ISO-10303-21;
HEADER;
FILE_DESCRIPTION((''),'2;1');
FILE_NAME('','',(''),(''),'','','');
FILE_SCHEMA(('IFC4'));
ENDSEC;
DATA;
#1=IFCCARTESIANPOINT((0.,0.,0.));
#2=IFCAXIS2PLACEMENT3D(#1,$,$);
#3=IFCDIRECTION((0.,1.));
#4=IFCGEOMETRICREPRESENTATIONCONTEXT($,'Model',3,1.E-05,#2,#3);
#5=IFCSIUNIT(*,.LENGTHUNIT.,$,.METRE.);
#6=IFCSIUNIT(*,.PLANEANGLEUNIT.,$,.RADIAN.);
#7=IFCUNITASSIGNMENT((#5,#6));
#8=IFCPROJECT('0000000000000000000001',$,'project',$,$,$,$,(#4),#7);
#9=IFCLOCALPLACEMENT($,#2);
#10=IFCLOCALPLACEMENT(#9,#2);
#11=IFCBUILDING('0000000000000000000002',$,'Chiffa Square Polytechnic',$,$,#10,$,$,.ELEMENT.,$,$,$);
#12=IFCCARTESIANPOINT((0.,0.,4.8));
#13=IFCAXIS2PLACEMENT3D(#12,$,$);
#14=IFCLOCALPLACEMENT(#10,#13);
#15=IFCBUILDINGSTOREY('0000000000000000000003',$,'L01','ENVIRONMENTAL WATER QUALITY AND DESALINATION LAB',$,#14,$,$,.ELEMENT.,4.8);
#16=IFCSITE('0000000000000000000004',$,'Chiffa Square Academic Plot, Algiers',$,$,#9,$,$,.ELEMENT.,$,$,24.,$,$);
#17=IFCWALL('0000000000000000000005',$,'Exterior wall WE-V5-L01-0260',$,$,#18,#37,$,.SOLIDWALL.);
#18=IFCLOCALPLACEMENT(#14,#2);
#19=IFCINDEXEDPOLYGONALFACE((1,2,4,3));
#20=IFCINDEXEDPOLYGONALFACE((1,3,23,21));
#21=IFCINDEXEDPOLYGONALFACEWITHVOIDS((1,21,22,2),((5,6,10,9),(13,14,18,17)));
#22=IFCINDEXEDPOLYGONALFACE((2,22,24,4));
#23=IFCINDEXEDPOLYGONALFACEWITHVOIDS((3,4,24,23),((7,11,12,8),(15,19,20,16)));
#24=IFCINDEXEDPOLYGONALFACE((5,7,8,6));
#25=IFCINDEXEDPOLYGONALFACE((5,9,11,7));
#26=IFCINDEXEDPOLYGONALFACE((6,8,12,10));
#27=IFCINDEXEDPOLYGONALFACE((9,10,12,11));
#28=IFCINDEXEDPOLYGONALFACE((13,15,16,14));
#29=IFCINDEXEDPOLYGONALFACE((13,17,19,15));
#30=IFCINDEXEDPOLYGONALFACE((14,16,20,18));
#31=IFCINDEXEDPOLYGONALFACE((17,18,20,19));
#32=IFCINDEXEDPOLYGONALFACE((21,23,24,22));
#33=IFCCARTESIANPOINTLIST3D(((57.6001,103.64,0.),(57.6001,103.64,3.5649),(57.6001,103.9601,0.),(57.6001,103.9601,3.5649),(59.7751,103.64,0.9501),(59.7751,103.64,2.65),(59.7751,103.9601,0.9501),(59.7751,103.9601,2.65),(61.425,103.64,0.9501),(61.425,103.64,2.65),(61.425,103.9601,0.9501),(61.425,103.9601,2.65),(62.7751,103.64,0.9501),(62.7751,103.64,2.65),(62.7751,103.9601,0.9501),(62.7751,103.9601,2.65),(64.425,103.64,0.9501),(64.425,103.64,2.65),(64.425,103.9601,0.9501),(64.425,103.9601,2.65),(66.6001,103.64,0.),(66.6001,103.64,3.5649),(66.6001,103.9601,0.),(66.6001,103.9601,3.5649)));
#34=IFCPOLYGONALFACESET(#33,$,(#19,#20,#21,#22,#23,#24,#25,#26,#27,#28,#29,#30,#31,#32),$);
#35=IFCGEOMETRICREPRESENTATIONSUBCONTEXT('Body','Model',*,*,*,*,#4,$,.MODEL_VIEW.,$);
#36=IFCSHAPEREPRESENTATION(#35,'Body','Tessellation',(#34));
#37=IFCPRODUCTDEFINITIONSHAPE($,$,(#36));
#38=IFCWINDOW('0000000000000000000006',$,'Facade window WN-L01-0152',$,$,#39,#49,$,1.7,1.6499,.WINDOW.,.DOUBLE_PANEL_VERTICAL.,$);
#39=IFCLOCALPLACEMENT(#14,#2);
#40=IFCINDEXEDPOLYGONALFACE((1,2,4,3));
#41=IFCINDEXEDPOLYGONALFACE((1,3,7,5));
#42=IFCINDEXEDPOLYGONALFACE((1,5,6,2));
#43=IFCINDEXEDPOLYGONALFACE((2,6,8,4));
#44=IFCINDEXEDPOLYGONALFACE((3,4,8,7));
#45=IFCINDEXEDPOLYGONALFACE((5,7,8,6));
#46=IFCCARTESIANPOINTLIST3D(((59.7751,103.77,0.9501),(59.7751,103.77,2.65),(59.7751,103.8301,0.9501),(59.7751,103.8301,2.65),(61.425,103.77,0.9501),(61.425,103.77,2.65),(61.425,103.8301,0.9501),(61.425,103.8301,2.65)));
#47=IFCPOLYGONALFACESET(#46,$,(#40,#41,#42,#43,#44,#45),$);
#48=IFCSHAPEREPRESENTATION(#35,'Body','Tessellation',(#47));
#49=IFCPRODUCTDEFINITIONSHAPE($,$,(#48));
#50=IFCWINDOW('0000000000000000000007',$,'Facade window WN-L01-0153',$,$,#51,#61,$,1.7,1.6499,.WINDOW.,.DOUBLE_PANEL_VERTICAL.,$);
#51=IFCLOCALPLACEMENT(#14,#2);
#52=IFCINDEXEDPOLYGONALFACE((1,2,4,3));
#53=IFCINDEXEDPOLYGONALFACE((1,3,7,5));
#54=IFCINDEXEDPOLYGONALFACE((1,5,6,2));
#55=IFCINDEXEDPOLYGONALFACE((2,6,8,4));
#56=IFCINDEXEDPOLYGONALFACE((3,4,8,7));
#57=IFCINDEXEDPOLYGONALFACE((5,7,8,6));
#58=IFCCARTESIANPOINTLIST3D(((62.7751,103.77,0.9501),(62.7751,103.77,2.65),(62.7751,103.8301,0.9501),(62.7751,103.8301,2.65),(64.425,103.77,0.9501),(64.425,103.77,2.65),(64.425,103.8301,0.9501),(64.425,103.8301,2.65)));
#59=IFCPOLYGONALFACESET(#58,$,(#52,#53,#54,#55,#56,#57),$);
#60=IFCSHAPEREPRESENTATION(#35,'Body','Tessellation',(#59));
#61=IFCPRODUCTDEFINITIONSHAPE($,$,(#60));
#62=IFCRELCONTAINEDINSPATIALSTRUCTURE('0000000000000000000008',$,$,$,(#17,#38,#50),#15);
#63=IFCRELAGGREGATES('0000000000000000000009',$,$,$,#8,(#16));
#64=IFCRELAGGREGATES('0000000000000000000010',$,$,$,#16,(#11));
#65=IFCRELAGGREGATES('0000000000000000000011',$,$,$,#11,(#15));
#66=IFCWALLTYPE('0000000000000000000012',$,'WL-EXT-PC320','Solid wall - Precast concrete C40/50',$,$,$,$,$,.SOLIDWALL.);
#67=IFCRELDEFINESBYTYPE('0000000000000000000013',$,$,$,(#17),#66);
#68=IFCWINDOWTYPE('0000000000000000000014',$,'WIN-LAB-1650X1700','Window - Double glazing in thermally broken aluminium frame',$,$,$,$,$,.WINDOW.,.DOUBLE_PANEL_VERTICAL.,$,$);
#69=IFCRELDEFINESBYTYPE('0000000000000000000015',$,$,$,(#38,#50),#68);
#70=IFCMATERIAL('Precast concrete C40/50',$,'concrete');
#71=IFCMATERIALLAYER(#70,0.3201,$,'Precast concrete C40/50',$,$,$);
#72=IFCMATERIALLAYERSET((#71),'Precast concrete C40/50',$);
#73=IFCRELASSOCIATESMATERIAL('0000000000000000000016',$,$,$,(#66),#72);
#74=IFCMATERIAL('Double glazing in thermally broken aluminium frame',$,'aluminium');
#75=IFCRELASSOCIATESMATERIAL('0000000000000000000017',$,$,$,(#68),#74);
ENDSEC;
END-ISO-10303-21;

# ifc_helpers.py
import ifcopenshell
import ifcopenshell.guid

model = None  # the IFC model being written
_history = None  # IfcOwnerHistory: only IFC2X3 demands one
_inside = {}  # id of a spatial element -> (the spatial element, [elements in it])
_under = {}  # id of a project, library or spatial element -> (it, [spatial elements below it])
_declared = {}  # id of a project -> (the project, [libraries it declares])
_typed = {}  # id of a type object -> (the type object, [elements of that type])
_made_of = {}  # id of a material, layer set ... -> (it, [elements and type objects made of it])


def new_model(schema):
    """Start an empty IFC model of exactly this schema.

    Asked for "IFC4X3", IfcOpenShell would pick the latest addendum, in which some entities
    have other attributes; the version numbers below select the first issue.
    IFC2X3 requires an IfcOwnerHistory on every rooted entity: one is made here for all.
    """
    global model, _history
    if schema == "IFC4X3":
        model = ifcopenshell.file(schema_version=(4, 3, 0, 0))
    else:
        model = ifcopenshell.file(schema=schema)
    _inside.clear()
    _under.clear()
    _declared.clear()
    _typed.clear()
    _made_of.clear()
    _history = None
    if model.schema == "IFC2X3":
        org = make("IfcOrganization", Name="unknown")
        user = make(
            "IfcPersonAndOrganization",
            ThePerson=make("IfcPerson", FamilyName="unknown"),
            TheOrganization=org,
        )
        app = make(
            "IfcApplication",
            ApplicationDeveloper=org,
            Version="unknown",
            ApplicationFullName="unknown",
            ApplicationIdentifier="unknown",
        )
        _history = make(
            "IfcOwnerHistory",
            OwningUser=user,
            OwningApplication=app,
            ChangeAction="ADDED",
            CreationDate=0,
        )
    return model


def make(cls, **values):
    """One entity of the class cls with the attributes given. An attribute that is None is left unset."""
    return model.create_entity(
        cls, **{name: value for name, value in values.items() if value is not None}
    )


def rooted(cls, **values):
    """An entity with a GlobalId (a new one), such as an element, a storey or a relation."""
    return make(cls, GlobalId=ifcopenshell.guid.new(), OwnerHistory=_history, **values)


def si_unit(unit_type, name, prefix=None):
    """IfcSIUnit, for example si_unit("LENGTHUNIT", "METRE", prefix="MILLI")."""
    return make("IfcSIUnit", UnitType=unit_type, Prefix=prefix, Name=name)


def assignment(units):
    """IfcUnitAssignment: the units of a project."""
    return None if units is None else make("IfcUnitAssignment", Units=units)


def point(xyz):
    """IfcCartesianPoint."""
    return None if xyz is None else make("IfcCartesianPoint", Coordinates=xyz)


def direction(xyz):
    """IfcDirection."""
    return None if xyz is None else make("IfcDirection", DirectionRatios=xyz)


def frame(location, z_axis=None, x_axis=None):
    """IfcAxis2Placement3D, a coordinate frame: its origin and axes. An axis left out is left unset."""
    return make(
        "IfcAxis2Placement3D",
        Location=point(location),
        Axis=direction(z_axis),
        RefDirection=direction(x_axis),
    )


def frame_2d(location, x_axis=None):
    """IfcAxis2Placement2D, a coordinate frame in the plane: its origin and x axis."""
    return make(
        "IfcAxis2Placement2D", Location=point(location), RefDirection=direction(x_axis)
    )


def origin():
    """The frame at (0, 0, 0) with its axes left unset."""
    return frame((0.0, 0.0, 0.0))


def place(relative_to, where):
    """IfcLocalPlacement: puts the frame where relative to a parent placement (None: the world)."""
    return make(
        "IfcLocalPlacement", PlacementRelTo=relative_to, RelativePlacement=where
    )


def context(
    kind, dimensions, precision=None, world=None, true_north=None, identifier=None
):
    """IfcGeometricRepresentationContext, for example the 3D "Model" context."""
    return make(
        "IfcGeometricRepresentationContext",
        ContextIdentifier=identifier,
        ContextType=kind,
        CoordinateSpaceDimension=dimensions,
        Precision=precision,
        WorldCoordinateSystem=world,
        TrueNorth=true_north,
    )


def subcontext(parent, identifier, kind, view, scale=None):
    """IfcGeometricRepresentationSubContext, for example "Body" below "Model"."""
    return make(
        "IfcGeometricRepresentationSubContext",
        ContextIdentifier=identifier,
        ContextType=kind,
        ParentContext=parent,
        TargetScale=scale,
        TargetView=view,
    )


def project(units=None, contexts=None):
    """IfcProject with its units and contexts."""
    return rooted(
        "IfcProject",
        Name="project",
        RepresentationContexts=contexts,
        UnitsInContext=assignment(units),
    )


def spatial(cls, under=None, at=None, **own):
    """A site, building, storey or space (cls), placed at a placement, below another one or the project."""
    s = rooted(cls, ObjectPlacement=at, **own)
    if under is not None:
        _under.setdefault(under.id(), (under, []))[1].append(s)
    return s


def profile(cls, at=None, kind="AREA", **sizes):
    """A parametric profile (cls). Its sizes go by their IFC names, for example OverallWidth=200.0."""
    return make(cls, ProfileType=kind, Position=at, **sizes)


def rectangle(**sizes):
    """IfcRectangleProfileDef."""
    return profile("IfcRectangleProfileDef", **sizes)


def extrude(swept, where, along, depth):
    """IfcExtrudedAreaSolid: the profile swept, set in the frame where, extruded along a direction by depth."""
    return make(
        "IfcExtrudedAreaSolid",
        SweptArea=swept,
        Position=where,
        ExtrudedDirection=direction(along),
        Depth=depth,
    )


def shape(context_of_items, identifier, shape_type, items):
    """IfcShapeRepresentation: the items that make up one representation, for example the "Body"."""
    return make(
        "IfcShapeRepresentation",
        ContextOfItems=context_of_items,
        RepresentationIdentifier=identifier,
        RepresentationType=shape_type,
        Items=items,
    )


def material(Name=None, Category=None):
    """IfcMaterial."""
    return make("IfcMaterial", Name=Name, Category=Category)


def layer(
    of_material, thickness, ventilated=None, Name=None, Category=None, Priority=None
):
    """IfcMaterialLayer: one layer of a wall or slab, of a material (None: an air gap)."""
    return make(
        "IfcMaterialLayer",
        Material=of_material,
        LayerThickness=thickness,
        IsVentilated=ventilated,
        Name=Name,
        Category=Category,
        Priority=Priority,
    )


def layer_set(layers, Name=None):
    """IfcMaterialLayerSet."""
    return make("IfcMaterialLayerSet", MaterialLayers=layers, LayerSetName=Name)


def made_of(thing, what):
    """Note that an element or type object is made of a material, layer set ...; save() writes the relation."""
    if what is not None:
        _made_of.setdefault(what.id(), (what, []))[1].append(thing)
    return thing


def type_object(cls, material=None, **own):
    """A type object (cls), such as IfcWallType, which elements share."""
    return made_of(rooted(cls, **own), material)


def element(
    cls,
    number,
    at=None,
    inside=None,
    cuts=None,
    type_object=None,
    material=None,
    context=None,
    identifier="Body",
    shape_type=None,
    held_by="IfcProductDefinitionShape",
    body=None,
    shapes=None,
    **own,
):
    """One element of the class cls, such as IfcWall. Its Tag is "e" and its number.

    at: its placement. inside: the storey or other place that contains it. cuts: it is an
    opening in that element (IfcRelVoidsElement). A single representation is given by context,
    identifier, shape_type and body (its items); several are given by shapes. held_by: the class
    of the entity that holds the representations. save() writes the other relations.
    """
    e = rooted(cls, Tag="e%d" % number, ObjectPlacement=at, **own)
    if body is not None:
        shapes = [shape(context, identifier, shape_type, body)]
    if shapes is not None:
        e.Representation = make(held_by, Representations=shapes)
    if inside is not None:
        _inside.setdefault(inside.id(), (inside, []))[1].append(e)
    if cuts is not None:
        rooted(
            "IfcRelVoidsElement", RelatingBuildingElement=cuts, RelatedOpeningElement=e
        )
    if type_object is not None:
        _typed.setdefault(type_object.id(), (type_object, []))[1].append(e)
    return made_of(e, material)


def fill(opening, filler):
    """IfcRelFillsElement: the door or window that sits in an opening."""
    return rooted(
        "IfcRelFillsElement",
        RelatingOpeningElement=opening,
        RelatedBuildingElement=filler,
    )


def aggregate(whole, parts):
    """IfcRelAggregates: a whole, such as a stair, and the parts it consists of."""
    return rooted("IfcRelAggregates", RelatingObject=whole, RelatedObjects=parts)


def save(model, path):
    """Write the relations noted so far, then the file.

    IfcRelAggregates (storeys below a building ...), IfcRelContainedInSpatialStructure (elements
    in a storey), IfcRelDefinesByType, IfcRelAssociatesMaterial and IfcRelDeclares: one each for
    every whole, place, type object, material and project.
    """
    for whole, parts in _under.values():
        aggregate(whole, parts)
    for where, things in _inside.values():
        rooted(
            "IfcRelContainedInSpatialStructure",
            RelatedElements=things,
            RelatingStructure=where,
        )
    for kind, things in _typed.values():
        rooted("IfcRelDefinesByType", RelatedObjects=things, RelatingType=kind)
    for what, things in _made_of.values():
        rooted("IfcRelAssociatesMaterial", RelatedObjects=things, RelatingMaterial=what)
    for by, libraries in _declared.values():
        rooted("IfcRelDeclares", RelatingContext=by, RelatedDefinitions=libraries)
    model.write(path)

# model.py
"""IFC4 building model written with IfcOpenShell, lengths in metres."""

from ifc_helpers import new_model, si_unit, direction, frame, frame_2d, origin, place, context, subcontext, project, spatial, rectangle, extrude, material, layer, layer_set, type_object, element, fill, save


model = new_model("IFC4")

# Units and contexts
model_context = context("Model", 3, precision=1e-05, world=origin(), true_north=direction((0.0, 1.0)))
body_context = subcontext(model_context, "Body", "Model", "MODEL_VIEW")
ifc_project = project(units=[si_unit("LENGTHUNIT", "METRE"), si_unit("PLANEANGLEUNIT", "RADIAN")], contexts=[model_context])

# Site, building, storey
site_placement = place(None, origin())
site = spatial("IfcSite", under=ifc_project, at=site_placement, Name="Chiffa Square Academic Plot, Algiers", CompositionType="ELEMENT", RefElevation=24.0)
building_placement = place(site_placement, origin())
building = spatial("IfcBuilding", under=site, at=building_placement, Name="Chiffa Square Polytechnic", CompositionType="ELEMENT")
storey_placement = place(building_placement, frame((0.0, 0.0, 4.8)))
storey = spatial("IfcBuildingStorey", under=building, at=storey_placement, Name="L01", Description="ENVIRONMENTAL WATER QUALITY AND DESALINATION LAB", CompositionType="ELEMENT", Elevation=4.8)

# Shared definitions
ifc_material_1 = material(Name="Precast concrete C40/50", Category="concrete")

# Wall, openings, windows
ifc_layer_1 = layer(ifc_material_1, 0.3201, Name="Precast concrete C40/50")
ifc_layer_set_1 = layer_set([ifc_layer_1], Name="Precast concrete C40/50")
wall_type_1 = type_object("IfcWallType", Name="WL-EXT-PC320", Description="Solid wall - Precast concrete C40/50", PredefinedType="SOLIDWALL", material=ifc_layer_set_1)
wall_1_placement = place(storey_placement, frame((57.6001, 103.8, 0.0), z_axis=(0.0, 0.0, 1.0), x_axis=(1.0, 0.0, 0.0)))
wall_1 = element("IfcWall", 1, at=wall_1_placement, inside=storey, type_object=wall_type_1, Name="Exterior wall WE-V5-L01-0260", PredefinedType="SOLIDWALL", context=body_context, shape_type="SweptSolid", body=[
    extrude(rectangle(XDim=9.0, YDim=0.3201, at=frame_2d((4.5, 0.0))), origin(), (0.0, 0.0, 1.0), 3.5649),
])
opening_1_placement = place(wall_1_placement, frame((2.175, 0.0, 0.95)))
opening_1 = element("IfcOpeningElement", 2, at=opening_1_placement, cuts=wall_1, PredefinedType="OPENING", context=body_context, shape_type="SweptSolid", body=[
    extrude(rectangle(XDim=1.6499, YDim=1.7, at=frame_2d((0.825, 0.8501))), frame((0.0, 0.1699, 0.0), z_axis=(0.0, -1.0, 0.0), x_axis=(1.0, 0.0, 0.0)), (0.0, 0.0, 1.0), 0.3401),
])
opening_2_placement = place(wall_1_placement, frame((5.175, 0.0, 0.95)))
opening_2 = element("IfcOpeningElement", 3, at=opening_2_placement, cuts=wall_1, PredefinedType="OPENING", context=body_context, shape_type="SweptSolid", body=[
    extrude(rectangle(XDim=1.6499, YDim=1.7, at=frame_2d((0.825, 0.8501))), frame((0.0, 0.1699, 0.0), z_axis=(0.0, -1.0, 0.0), x_axis=(1.0, 0.0, 0.0)), (0.0, 0.0, 1.0), 0.3401),
])
ifc_material_2 = material(Name="Double glazing in thermally broken aluminium frame", Category="aluminium")
window_type = type_object("IfcWindowType", Name="WIN-LAB-1650X1700", Description="Window - Double glazing in thermally broken aluminium frame", PartitioningType="DOUBLE_PANEL_VERTICAL", PredefinedType="WINDOW", material=ifc_material_2)
window_1_placement = place(opening_1_placement, origin())
window_1 = element("IfcWindow", 4, at=window_1_placement, inside=storey, type_object=window_type, Name="Facade window WN-L01-0152", OverallHeight=1.7, OverallWidth=1.6499, PartitioningType="DOUBLE_PANEL_VERTICAL", PredefinedType="WINDOW", context=body_context, shape_type="SweptSolid", body=[
    extrude(rectangle(XDim=1.6499, YDim=1.7, at=frame_2d((0.825, 0.8501))), frame((0.0, 0.03, 0.0), z_axis=(0.0, -1.0, 0.0), x_axis=(1.0, 0.0, 0.0)), (0.0, 0.0, 1.0), 0.0601),
])
fill(opening_1, window_1)
window_2_placement = place(opening_2_placement, origin())
window_2 = element("IfcWindow", 5, at=window_2_placement, inside=storey, type_object=window_type, Name="Facade window WN-L01-0153", OverallHeight=1.7, OverallWidth=1.6499, PartitioningType="DOUBLE_PANEL_VERTICAL", PredefinedType="WINDOW", context=body_context, shape_type="SweptSolid", body=[
    extrude(rectangle(XDim=1.6499, YDim=1.7, at=frame_2d((0.825, 0.8501))), frame((0.0, 0.03, 0.0), z_axis=(0.0, -1.0, 0.0), x_axis=(1.0, 0.0, 0.0)), (0.0, 0.0, 1.0), 0.0601),
])
fill(opening_2, window_2)

save(model, "model.ifc")
